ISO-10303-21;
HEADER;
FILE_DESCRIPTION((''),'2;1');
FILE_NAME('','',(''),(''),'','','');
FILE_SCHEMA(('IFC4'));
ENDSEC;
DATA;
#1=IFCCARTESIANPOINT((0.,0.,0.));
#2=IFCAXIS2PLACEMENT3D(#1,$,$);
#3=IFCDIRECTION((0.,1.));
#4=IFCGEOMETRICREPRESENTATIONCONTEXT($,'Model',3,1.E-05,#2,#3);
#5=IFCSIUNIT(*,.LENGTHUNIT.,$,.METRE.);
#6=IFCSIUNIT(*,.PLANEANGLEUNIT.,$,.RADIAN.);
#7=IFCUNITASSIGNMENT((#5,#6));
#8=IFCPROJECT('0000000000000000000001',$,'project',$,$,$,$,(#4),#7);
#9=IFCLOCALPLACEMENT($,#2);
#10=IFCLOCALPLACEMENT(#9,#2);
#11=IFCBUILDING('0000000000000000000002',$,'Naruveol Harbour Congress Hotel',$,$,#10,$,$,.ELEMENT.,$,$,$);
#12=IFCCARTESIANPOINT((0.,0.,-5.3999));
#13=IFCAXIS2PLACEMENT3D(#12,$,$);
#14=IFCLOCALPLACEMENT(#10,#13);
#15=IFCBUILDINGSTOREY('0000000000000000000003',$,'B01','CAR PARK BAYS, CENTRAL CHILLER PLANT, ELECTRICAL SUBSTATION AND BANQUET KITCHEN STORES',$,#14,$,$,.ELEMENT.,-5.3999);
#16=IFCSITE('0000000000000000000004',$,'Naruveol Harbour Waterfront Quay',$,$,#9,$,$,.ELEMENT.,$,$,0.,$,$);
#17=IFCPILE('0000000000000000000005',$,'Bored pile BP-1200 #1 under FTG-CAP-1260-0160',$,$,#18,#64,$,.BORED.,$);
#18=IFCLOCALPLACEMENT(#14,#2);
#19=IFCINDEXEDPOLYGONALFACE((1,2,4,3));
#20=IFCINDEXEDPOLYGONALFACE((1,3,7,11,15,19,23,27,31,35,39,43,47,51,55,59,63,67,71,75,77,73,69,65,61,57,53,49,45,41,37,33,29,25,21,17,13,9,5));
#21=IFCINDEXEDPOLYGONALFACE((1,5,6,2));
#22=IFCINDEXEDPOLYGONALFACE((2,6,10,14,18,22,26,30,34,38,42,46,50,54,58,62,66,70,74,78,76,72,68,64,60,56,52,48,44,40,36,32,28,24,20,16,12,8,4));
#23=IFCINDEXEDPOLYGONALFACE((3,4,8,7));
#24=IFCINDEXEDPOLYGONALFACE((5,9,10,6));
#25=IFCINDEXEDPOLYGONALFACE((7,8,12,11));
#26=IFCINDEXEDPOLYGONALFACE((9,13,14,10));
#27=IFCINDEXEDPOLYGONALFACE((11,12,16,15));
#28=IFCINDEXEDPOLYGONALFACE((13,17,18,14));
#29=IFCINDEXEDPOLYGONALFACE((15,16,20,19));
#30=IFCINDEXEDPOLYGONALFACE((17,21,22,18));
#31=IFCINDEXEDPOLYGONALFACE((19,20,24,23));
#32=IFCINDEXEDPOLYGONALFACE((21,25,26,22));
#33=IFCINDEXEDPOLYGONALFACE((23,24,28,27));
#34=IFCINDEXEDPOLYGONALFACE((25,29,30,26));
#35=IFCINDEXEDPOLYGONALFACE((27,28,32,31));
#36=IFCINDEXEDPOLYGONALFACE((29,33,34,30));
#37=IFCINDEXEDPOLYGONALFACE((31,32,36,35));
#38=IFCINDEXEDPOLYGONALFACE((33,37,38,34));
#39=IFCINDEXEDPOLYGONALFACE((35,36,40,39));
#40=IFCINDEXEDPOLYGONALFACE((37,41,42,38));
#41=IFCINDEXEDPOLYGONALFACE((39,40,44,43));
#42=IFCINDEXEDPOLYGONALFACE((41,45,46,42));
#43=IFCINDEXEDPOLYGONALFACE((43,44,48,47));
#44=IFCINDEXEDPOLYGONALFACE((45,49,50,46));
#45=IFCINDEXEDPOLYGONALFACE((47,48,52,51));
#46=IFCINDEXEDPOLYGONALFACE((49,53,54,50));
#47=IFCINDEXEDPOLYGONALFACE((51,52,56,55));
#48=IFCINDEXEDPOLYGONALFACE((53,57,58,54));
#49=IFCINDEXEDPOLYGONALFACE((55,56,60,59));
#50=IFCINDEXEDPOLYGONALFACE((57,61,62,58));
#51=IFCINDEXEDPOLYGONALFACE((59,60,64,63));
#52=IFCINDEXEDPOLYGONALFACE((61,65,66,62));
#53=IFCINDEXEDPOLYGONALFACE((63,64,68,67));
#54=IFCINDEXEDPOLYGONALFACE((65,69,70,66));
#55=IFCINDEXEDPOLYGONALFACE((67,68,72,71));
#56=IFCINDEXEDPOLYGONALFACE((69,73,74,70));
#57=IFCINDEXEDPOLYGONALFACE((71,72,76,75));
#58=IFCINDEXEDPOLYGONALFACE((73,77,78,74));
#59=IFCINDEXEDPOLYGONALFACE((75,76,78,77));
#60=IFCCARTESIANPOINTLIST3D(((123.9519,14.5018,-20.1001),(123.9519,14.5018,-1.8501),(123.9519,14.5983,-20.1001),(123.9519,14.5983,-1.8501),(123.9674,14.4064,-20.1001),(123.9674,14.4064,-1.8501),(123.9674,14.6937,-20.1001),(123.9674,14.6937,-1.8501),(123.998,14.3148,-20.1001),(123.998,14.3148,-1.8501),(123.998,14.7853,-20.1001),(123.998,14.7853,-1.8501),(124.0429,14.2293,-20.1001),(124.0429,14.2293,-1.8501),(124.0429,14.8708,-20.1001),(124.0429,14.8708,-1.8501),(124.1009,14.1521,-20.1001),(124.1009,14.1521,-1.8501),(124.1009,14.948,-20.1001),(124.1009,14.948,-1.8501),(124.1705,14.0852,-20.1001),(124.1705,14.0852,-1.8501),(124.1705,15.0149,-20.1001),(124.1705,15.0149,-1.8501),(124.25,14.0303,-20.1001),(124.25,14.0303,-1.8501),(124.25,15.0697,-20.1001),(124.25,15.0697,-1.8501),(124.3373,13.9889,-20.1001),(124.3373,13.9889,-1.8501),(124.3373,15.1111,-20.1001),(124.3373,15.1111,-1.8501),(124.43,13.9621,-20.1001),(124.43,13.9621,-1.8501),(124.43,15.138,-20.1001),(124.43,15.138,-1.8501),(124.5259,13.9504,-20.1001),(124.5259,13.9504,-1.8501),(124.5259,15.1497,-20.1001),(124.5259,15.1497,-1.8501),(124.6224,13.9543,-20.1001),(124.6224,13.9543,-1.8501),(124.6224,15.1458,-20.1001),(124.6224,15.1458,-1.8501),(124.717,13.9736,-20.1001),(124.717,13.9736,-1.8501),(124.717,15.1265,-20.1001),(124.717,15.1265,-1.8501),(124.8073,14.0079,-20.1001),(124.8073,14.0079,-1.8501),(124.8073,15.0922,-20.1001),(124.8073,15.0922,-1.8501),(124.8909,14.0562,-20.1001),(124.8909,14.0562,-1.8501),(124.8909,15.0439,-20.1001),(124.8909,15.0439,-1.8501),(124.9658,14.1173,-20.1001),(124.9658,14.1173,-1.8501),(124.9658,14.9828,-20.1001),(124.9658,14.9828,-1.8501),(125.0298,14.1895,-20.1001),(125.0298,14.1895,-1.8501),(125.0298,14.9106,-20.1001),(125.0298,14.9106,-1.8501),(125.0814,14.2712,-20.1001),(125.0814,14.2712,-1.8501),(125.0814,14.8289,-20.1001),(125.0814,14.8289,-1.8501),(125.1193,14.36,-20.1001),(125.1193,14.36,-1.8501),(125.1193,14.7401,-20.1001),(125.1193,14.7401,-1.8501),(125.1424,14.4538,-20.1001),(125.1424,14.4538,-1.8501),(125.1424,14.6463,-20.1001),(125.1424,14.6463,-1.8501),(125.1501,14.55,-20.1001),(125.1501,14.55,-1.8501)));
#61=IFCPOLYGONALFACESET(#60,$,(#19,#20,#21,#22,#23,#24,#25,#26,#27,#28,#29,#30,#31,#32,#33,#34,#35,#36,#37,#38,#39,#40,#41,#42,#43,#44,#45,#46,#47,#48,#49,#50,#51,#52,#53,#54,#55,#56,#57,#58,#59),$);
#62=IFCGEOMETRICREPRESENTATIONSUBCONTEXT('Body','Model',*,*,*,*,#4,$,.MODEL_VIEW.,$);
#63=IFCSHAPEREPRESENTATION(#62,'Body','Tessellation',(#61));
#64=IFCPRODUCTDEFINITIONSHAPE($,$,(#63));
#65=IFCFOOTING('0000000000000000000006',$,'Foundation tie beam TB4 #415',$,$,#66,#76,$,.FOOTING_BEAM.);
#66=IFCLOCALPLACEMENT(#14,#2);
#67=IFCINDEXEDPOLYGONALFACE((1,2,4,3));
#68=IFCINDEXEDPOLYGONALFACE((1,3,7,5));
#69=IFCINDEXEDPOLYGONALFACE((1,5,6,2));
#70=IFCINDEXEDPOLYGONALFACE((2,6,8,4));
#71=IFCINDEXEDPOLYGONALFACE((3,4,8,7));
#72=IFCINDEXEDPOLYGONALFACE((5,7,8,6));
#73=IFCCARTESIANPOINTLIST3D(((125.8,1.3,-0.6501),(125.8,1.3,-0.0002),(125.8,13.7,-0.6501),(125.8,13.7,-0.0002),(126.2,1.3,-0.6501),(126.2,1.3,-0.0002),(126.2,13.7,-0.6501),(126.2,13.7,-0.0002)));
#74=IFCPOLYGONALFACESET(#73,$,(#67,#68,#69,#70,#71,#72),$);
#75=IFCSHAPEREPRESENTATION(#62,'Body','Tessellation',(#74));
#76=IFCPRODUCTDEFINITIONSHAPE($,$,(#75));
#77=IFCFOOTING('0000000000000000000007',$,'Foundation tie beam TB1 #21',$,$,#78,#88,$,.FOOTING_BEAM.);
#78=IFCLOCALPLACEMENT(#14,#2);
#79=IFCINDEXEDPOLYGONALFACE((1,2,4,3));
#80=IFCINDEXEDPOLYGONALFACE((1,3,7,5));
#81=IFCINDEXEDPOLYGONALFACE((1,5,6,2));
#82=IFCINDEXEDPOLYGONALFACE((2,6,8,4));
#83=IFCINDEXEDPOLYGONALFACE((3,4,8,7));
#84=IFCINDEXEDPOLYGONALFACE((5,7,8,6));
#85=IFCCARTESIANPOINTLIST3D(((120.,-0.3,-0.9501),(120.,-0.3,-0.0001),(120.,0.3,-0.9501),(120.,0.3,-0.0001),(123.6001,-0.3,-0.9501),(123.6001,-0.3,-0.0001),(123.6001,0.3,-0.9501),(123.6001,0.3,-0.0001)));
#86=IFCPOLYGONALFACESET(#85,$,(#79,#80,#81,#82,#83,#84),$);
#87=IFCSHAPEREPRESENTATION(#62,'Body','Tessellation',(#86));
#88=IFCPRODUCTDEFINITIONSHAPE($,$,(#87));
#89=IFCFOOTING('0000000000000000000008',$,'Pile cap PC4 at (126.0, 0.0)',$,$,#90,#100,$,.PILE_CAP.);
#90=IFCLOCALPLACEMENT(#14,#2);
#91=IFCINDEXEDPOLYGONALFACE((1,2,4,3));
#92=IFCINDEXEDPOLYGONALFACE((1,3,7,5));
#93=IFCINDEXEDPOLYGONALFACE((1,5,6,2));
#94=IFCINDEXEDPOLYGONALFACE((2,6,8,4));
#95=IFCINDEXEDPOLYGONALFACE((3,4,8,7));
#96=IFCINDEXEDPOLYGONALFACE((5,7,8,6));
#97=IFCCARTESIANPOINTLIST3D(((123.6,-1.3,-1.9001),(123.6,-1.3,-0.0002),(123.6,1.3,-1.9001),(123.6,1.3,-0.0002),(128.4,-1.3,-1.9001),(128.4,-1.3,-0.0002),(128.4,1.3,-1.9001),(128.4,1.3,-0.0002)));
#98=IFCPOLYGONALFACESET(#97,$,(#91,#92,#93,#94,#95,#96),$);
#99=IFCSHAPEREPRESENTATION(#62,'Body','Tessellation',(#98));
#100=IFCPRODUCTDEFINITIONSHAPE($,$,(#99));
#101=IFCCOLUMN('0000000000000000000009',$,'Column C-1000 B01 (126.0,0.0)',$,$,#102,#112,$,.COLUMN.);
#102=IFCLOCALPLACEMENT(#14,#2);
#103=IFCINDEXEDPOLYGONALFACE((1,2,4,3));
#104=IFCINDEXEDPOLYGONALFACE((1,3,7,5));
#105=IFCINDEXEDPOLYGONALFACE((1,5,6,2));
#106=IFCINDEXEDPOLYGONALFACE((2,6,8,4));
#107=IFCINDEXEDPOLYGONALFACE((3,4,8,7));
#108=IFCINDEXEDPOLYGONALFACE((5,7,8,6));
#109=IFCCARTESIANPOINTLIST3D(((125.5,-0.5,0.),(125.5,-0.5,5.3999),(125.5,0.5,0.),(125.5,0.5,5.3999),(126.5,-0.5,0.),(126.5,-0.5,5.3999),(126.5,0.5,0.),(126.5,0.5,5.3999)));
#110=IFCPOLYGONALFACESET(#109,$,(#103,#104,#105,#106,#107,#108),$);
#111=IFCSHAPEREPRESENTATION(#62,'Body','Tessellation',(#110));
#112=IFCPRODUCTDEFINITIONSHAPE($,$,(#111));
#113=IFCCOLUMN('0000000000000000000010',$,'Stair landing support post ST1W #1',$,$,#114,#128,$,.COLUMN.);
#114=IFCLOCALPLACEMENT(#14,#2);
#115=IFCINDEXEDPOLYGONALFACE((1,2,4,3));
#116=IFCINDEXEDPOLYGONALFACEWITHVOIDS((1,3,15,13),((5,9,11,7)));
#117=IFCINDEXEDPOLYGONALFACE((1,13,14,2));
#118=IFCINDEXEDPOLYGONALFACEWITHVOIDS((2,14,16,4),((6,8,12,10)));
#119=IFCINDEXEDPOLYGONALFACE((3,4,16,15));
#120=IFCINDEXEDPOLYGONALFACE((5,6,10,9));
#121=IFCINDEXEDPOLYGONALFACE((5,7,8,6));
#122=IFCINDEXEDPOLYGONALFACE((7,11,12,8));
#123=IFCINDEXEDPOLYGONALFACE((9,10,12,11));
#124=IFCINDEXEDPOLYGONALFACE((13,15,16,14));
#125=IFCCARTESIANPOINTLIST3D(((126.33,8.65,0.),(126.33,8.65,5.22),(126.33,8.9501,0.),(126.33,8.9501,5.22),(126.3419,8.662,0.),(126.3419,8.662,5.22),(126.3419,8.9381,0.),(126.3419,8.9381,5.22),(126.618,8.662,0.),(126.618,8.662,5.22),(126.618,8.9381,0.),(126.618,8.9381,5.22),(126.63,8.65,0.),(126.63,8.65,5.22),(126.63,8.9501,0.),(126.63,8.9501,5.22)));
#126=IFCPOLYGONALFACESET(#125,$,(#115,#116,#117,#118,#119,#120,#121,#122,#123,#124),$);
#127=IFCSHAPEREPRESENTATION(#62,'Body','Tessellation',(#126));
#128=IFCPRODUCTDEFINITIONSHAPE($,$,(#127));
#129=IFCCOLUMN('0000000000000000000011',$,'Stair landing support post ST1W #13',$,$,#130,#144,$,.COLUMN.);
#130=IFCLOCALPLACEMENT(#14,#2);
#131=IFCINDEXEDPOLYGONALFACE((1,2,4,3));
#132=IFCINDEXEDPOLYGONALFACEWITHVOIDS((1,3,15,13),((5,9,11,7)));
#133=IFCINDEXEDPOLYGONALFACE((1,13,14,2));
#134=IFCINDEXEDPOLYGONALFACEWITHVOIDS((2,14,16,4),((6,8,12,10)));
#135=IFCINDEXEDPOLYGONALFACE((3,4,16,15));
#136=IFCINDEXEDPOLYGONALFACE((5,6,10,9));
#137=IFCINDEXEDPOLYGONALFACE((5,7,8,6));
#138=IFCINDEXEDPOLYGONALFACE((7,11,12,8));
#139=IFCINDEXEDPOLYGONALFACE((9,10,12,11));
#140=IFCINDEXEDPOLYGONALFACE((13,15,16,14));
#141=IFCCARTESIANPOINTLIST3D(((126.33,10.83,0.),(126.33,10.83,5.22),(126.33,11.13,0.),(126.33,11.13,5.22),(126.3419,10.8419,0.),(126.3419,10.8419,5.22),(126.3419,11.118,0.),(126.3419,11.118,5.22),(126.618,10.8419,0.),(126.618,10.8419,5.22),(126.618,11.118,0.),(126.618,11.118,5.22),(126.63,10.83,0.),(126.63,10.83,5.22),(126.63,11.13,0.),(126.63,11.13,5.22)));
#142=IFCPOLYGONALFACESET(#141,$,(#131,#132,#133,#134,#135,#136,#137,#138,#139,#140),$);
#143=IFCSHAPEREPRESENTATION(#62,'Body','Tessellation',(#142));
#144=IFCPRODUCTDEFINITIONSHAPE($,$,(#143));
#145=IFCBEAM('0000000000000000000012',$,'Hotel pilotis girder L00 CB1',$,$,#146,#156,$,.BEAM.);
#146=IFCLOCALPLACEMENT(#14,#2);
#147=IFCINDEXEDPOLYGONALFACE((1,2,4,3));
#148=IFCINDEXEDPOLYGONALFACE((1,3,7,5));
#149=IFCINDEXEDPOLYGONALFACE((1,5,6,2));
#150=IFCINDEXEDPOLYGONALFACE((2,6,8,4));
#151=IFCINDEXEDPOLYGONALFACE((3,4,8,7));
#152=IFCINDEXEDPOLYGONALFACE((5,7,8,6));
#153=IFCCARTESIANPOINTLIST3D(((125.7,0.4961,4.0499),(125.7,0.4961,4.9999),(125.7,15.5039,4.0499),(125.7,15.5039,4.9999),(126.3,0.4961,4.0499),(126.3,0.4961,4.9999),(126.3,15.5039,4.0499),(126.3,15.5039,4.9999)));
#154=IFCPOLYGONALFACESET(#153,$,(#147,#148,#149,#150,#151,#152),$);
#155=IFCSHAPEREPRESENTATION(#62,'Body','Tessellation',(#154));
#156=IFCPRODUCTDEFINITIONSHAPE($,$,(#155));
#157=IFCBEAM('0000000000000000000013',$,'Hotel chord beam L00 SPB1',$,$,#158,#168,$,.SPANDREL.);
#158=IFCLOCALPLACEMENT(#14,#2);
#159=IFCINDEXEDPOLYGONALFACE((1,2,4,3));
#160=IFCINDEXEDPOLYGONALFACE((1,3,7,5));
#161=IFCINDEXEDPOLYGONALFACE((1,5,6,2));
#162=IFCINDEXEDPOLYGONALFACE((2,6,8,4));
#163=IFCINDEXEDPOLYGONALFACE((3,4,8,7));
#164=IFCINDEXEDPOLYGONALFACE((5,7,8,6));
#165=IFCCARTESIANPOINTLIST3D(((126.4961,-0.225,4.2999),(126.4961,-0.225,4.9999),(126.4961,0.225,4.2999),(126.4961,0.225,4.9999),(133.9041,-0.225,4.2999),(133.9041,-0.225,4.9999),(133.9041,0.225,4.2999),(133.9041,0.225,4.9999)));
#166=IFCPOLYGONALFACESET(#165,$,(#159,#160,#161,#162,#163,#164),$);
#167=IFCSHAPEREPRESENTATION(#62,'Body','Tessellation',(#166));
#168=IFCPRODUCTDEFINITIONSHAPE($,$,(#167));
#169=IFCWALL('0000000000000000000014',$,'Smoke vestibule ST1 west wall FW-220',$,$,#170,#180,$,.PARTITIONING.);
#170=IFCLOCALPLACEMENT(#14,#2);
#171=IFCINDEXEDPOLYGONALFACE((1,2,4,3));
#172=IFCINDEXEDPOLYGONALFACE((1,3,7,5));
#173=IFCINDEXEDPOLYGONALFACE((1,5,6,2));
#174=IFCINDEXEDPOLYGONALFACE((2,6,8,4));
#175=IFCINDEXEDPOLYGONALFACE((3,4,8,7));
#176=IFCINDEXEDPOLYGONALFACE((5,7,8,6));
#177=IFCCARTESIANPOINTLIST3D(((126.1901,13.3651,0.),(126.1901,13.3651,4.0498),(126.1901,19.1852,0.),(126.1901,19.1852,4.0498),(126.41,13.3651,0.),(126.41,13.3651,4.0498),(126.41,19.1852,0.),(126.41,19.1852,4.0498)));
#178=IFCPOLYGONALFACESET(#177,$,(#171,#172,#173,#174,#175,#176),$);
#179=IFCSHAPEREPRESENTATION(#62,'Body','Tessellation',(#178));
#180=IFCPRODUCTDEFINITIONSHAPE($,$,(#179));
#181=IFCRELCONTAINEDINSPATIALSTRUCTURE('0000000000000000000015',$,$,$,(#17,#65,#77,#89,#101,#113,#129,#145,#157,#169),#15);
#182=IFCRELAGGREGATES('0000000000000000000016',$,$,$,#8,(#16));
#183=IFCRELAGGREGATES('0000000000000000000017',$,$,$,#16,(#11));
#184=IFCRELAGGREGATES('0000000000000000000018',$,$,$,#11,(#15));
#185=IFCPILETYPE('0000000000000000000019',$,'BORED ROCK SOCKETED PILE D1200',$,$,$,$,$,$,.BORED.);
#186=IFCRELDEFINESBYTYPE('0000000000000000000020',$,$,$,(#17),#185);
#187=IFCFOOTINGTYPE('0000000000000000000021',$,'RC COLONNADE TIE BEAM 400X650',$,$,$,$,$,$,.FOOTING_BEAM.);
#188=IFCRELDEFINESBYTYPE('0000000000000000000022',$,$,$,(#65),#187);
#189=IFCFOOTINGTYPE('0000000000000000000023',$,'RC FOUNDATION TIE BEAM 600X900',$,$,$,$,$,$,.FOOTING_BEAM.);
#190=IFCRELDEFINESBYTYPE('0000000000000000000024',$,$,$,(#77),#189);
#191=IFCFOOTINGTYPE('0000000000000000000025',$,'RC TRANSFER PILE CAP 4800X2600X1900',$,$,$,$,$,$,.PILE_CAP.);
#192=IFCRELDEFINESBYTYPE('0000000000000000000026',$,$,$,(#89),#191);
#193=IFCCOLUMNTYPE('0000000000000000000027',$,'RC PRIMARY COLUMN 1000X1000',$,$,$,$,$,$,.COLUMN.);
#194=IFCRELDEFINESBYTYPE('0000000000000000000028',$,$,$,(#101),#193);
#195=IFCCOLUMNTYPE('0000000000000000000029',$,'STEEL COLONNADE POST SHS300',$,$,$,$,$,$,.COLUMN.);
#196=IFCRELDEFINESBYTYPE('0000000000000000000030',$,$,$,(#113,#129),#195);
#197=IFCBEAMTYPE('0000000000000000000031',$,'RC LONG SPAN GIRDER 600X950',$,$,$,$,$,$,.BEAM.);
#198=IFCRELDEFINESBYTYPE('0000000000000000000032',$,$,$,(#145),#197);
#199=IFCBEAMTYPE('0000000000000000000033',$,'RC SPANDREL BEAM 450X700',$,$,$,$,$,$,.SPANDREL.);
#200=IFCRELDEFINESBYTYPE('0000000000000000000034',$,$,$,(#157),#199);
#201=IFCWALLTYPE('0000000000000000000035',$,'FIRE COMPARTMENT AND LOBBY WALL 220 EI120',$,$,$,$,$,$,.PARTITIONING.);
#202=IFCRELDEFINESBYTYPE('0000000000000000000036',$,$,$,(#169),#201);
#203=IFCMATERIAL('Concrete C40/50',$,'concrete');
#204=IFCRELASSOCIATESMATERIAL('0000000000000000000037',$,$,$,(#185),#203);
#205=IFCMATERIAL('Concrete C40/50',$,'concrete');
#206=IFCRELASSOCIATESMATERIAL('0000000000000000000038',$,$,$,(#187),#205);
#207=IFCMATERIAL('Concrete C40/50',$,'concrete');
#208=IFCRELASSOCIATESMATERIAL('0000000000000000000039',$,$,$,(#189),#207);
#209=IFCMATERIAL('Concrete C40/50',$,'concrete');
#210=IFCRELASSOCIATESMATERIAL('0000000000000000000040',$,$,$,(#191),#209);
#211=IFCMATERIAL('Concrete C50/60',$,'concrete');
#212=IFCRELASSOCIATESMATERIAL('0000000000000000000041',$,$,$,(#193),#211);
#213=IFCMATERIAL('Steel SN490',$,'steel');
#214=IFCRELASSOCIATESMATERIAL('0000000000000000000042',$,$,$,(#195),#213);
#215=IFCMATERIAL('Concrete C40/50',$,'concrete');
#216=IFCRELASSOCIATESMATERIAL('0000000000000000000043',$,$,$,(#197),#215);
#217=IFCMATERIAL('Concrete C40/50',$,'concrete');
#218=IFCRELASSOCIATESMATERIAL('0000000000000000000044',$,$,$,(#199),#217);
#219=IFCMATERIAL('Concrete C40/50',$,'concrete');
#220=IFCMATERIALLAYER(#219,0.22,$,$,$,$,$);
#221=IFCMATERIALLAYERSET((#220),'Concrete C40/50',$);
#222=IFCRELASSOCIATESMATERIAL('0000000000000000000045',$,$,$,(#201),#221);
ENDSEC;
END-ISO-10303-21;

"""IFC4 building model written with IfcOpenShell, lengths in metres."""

from ifc_helpers import new_model, si_unit, direction, frame, frame_2d, origin, origin_2d, place, context, subcontext, project, spatial, rectangle, hollow_rectangle, circle, extrude, material, layer, layer_set, material_profile, profile_set, type_object, element, save


model = new_model("IFC4")

# Units and contexts
model_context = context("Model", 3, precision=1e-05, world=origin(), true_north=direction((0.0, 1.0)))
body_context = subcontext(model_context, "Body", "Model", "MODEL_VIEW")
ifc_project = project(units=[si_unit("LENGTHUNIT", "METRE"), si_unit("PLANEANGLEUNIT", "RADIAN")], contexts=[model_context])

# Site, building, storey
site_placement = place(None, origin())
site = spatial("IfcSite", under=ifc_project, at=site_placement, Name="Naruveol Harbour Waterfront Quay", CompositionType="ELEMENT", RefElevation=0.0)
building_placement = place(site_placement, origin())
building = spatial("IfcBuilding", under=site, at=building_placement, Name="Naruveol Harbour Congress Hotel", CompositionType="ELEMENT")
storey_placement = place(building_placement, frame((0.0, 0.0, -5.3999)))
storey = spatial("IfcBuildingStorey", under=building, at=storey_placement, Name="B01", Description="CAR PARK BAYS, CENTRAL CHILLER PLANT, ELECTRICAL SUBSTATION AND BANQUET KITCHEN STORES", CompositionType="ELEMENT", Elevation=-5.3999)

# Pile
ifc_material_1 = material(Name="Concrete C40/50", Category="concrete")
ifc_material_profile_1 = material_profile(ifc_material_1, circle(Radius=0.6001, at=origin_2d()), Name="BP-1200")
ifc_profile_set_1 = profile_set([ifc_material_profile_1], Name="Concrete C40/50")
pile_type_1 = type_object("IfcPileType", Name="BORED ROCK SOCKETED PILE D1200", PredefinedType="BORED", material=ifc_profile_set_1)
pile_1_placement = place(storey_placement, frame((124.55, 14.55, -1.8501), z_axis=(0.0, 0.0, -1.0), x_axis=(1.0, 0.0, 0.0)))
element("IfcPile", 1, at=pile_1_placement, inside=storey, type_object=pile_type_1, Name="Bored pile BP-1200 #1 under FTG-CAP-1260-0160", PredefinedType="BORED", context=body_context, shape_type="SweptSolid", body=[
    extrude(circle(Radius=0.6001, at=origin_2d()), origin(), (0.0, 0.0, 1.0), 18.25),
])

# Footings
ifc_material_2 = material(Name="Concrete C40/50", Category="concrete")
ifc_material_profile_2 = material_profile(ifc_material_2, rectangle(XDim=0.3999, YDim=0.6499, at=origin_2d()), Name="RCB-400x650")
ifc_profile_set_2 = profile_set([ifc_material_profile_2], Name="Concrete C40/50")
footing_type_1 = type_object("IfcFootingType", Name="RC COLONNADE TIE BEAM 400X650", PredefinedType="FOOTING_BEAM", material=ifc_profile_set_2)
footing_1_placement = place(storey_placement, frame((126.0, 1.3, -0.3252), z_axis=(0.0, 1.0, 0.0), x_axis=(-1.0, 0.0, 0.0)))
element("IfcFooting", 2, at=footing_1_placement, inside=storey, type_object=footing_type_1, Name="Foundation tie beam TB4 #415", PredefinedType="FOOTING_BEAM", context=body_context, shape_type="SweptSolid", body=[
    extrude(rectangle(XDim=0.3999, YDim=0.6499, at=origin_2d()), origin(), (0.0, 0.0, 1.0), 12.3999),
])
ifc_material_3 = material(Name="Concrete C40/50", Category="concrete")
ifc_material_profile_3 = material_profile(ifc_material_3, rectangle(XDim=0.6001, YDim=0.95, at=origin_2d()), Name="RCB-600x950")
ifc_profile_set_3 = profile_set([ifc_material_profile_3], Name="Concrete C40/50")
footing_type_2 = type_object("IfcFootingType", Name="RC FOUNDATION TIE BEAM 600X900", PredefinedType="FOOTING_BEAM", material=ifc_profile_set_3)
footing_2_placement = place(storey_placement, frame((120.0, 0.0, -0.4751), z_axis=(1.0, 0.0, 0.0), x_axis=(0.0, 1.0, 0.0)))
element("IfcFooting", 3, at=footing_2_placement, inside=storey, type_object=footing_type_2, Name="Foundation tie beam TB1 #21", PredefinedType="FOOTING_BEAM", context=body_context, shape_type="SweptSolid", body=[
    extrude(rectangle(XDim=0.6001, YDim=0.95, at=origin_2d()), origin(), (0.0, 0.0, 1.0), 3.6001),
])
ifc_material_4 = material(Name="Concrete C40/50", Category="concrete")
footing_type_3 = type_object("IfcFootingType", Name="RC TRANSFER PILE CAP 4800X2600X1900", PredefinedType="PILE_CAP", material=ifc_material_4)
footing_3_placement = place(storey_placement, frame((126.0, 0.0, -1.9001), z_axis=(0.0, 0.0, 1.0), x_axis=(1.0, 0.0, 0.0)))
element("IfcFooting", 4, at=footing_3_placement, inside=storey, type_object=footing_type_3, Name="Pile cap PC4 at (126.0, 0.0)", PredefinedType="PILE_CAP", context=body_context, shape_type="SweptSolid", body=[
    extrude(rectangle(XDim=4.8, YDim=2.6001, at=origin_2d()), origin(), (0.0, 0.0, 1.0), 1.8999),
])

# Columns
ifc_material_5 = material(Name="Concrete C50/60", Category="concrete")
ifc_material_profile_4 = material_profile(ifc_material_5, rectangle(XDim=1.0, YDim=1.0, at=origin_2d()), Name="RC-1000x1000")
ifc_profile_set_4 = profile_set([ifc_material_profile_4], Name="Concrete C50/60")
column_type_1 = type_object("IfcColumnType", Name="RC PRIMARY COLUMN 1000X1000", PredefinedType="COLUMN", material=ifc_profile_set_4)
column_placement = place(storey_placement, frame((126.0, 0.0, 0.0), z_axis=(0.0, 0.0, 1.0), x_axis=(1.0, 0.0, 0.0)))
element("IfcColumn", 5, at=column_placement, inside=storey, type_object=column_type_1, Name="Column C-1000 B01 (126.0,0.0)", PredefinedType="COLUMN", context=body_context, shape_type="SweptSolid", body=[
    extrude(rectangle(XDim=1.0, YDim=1.0, at=origin_2d()), origin(), (0.0, 0.0, 1.0), 5.3999),
])
ifc_material_6 = material(Name="Steel SN490", Category="steel")
ifc_material_profile_5 = material_profile(ifc_material_6, hollow_rectangle(XDim=0.3, YDim=0.3, WallThickness=0.012, at=origin_2d()), Name="SHS-300x300x12")
ifc_profile_set_5 = profile_set([ifc_material_profile_5], Name="Steel SN490")
column_type_2 = type_object("IfcColumnType", Name="STEEL COLONNADE POST SHS300", PredefinedType="COLUMN", material=ifc_profile_set_5)
for number, where, z_axis, x_axis, name in (
    (6, (126.48, 8.8, 0.0), (0.0, 0.0, 1.0), (1.0, 0.0, 0.0), "Stair landing support post ST1W #1"),
    (7, (126.48, 10.98, 0.0), (0.0, 0.0, 1.0), (1.0, 0.0, 0.0), "Stair landing support post ST1W #13"),
):
    element("IfcColumn", number, at=place(storey_placement, frame(where, z_axis=z_axis, x_axis=x_axis)), inside=storey, type_object=column_type_2, Name=name, PredefinedType="COLUMN", context=body_context, shape_type="SweptSolid", body=[
        extrude(hollow_rectangle(XDim=0.3, YDim=0.3, WallThickness=0.012, at=origin_2d()), origin(), (0.0, 0.0, 1.0), 5.22),
    ])

# Beams
ifc_material_7 = material(Name="Concrete C40/50", Category="concrete")
ifc_material_profile_6 = material_profile(ifc_material_7, rectangle(XDim=0.6001, YDim=0.95, at=origin_2d()), Name="RCB-600x950")
ifc_profile_set_6 = profile_set([ifc_material_profile_6], Name="Concrete C40/50")
beam_type_1 = type_object("IfcBeamType", Name="RC LONG SPAN GIRDER 600X950", PredefinedType="BEAM", material=ifc_profile_set_6)
beam_1_placement = place(storey_placement, frame((126.0, 0.4961, 4.5249), z_axis=(0.0, 1.0, 0.0), x_axis=(-1.0, 0.0, 0.0)))
element("IfcBeam", 8, at=beam_1_placement, inside=storey, type_object=beam_type_1, Name="Hotel pilotis girder L00 CB1", PredefinedType="BEAM", context=body_context, shape_type="SweptSolid", body=[
    extrude(rectangle(XDim=0.6001, YDim=0.95, at=origin_2d()), origin(), (0.0, 0.0, 1.0), 15.0078),
])
ifc_material_8 = material(Name="Concrete C40/50", Category="concrete")
ifc_material_profile_7 = material_profile(ifc_material_8, rectangle(XDim=0.45, YDim=0.7, at=origin_2d()), Name="RCB-450x700")
ifc_profile_set_7 = profile_set([ifc_material_profile_7], Name="Concrete C40/50")
beam_type_2 = type_object("IfcBeamType", Name="RC SPANDREL BEAM 450X700", PredefinedType="SPANDREL", material=ifc_profile_set_7)
beam_2_placement = place(storey_placement, frame((126.4961, 0.0, 4.6499), z_axis=(1.0, 0.0, 0.0), x_axis=(0.0, 1.0, 0.0)))
element("IfcBeam", 9, at=beam_2_placement, inside=storey, type_object=beam_type_2, Name="Hotel chord beam L00 SPB1", PredefinedType="SPANDREL", context=body_context, shape_type="SweptSolid", body=[
    extrude(rectangle(XDim=0.45, YDim=0.7, at=origin_2d()), origin(), (0.0, 0.0, 1.0), 7.408),
])

# Wall
ifc_material_9 = material(Name="Concrete C40/50", Category="concrete")
ifc_layer_1 = layer(ifc_material_9, 0.22)
ifc_layer_set_1 = layer_set([ifc_layer_1], Name="Concrete C40/50")
wall_type_1 = type_object("IfcWallType", Name="FIRE COMPARTMENT AND LOBBY WALL 220 EI120", PredefinedType="PARTITIONING", material=ifc_layer_set_1)
wall_1_placement = place(storey_placement, frame((126.3, 13.365, 0.0), z_axis=(0.0, 0.0, 1.0), x_axis=(0.0, 1.0, 0.0)))
element("IfcWall", 10, at=wall_1_placement, inside=storey, type_object=wall_type_1, Name="Smoke vestibule ST1 west wall FW-220", PredefinedType="PARTITIONING", context=body_context, shape_type="SweptSolid", body=[
    extrude(rectangle(XDim=5.8201, YDim=0.22, at=frame_2d((2.9102, 0.0))), origin(), (0.0, 0.0, 1.0), 4.0498),
])

save(model, "model.ifc")
